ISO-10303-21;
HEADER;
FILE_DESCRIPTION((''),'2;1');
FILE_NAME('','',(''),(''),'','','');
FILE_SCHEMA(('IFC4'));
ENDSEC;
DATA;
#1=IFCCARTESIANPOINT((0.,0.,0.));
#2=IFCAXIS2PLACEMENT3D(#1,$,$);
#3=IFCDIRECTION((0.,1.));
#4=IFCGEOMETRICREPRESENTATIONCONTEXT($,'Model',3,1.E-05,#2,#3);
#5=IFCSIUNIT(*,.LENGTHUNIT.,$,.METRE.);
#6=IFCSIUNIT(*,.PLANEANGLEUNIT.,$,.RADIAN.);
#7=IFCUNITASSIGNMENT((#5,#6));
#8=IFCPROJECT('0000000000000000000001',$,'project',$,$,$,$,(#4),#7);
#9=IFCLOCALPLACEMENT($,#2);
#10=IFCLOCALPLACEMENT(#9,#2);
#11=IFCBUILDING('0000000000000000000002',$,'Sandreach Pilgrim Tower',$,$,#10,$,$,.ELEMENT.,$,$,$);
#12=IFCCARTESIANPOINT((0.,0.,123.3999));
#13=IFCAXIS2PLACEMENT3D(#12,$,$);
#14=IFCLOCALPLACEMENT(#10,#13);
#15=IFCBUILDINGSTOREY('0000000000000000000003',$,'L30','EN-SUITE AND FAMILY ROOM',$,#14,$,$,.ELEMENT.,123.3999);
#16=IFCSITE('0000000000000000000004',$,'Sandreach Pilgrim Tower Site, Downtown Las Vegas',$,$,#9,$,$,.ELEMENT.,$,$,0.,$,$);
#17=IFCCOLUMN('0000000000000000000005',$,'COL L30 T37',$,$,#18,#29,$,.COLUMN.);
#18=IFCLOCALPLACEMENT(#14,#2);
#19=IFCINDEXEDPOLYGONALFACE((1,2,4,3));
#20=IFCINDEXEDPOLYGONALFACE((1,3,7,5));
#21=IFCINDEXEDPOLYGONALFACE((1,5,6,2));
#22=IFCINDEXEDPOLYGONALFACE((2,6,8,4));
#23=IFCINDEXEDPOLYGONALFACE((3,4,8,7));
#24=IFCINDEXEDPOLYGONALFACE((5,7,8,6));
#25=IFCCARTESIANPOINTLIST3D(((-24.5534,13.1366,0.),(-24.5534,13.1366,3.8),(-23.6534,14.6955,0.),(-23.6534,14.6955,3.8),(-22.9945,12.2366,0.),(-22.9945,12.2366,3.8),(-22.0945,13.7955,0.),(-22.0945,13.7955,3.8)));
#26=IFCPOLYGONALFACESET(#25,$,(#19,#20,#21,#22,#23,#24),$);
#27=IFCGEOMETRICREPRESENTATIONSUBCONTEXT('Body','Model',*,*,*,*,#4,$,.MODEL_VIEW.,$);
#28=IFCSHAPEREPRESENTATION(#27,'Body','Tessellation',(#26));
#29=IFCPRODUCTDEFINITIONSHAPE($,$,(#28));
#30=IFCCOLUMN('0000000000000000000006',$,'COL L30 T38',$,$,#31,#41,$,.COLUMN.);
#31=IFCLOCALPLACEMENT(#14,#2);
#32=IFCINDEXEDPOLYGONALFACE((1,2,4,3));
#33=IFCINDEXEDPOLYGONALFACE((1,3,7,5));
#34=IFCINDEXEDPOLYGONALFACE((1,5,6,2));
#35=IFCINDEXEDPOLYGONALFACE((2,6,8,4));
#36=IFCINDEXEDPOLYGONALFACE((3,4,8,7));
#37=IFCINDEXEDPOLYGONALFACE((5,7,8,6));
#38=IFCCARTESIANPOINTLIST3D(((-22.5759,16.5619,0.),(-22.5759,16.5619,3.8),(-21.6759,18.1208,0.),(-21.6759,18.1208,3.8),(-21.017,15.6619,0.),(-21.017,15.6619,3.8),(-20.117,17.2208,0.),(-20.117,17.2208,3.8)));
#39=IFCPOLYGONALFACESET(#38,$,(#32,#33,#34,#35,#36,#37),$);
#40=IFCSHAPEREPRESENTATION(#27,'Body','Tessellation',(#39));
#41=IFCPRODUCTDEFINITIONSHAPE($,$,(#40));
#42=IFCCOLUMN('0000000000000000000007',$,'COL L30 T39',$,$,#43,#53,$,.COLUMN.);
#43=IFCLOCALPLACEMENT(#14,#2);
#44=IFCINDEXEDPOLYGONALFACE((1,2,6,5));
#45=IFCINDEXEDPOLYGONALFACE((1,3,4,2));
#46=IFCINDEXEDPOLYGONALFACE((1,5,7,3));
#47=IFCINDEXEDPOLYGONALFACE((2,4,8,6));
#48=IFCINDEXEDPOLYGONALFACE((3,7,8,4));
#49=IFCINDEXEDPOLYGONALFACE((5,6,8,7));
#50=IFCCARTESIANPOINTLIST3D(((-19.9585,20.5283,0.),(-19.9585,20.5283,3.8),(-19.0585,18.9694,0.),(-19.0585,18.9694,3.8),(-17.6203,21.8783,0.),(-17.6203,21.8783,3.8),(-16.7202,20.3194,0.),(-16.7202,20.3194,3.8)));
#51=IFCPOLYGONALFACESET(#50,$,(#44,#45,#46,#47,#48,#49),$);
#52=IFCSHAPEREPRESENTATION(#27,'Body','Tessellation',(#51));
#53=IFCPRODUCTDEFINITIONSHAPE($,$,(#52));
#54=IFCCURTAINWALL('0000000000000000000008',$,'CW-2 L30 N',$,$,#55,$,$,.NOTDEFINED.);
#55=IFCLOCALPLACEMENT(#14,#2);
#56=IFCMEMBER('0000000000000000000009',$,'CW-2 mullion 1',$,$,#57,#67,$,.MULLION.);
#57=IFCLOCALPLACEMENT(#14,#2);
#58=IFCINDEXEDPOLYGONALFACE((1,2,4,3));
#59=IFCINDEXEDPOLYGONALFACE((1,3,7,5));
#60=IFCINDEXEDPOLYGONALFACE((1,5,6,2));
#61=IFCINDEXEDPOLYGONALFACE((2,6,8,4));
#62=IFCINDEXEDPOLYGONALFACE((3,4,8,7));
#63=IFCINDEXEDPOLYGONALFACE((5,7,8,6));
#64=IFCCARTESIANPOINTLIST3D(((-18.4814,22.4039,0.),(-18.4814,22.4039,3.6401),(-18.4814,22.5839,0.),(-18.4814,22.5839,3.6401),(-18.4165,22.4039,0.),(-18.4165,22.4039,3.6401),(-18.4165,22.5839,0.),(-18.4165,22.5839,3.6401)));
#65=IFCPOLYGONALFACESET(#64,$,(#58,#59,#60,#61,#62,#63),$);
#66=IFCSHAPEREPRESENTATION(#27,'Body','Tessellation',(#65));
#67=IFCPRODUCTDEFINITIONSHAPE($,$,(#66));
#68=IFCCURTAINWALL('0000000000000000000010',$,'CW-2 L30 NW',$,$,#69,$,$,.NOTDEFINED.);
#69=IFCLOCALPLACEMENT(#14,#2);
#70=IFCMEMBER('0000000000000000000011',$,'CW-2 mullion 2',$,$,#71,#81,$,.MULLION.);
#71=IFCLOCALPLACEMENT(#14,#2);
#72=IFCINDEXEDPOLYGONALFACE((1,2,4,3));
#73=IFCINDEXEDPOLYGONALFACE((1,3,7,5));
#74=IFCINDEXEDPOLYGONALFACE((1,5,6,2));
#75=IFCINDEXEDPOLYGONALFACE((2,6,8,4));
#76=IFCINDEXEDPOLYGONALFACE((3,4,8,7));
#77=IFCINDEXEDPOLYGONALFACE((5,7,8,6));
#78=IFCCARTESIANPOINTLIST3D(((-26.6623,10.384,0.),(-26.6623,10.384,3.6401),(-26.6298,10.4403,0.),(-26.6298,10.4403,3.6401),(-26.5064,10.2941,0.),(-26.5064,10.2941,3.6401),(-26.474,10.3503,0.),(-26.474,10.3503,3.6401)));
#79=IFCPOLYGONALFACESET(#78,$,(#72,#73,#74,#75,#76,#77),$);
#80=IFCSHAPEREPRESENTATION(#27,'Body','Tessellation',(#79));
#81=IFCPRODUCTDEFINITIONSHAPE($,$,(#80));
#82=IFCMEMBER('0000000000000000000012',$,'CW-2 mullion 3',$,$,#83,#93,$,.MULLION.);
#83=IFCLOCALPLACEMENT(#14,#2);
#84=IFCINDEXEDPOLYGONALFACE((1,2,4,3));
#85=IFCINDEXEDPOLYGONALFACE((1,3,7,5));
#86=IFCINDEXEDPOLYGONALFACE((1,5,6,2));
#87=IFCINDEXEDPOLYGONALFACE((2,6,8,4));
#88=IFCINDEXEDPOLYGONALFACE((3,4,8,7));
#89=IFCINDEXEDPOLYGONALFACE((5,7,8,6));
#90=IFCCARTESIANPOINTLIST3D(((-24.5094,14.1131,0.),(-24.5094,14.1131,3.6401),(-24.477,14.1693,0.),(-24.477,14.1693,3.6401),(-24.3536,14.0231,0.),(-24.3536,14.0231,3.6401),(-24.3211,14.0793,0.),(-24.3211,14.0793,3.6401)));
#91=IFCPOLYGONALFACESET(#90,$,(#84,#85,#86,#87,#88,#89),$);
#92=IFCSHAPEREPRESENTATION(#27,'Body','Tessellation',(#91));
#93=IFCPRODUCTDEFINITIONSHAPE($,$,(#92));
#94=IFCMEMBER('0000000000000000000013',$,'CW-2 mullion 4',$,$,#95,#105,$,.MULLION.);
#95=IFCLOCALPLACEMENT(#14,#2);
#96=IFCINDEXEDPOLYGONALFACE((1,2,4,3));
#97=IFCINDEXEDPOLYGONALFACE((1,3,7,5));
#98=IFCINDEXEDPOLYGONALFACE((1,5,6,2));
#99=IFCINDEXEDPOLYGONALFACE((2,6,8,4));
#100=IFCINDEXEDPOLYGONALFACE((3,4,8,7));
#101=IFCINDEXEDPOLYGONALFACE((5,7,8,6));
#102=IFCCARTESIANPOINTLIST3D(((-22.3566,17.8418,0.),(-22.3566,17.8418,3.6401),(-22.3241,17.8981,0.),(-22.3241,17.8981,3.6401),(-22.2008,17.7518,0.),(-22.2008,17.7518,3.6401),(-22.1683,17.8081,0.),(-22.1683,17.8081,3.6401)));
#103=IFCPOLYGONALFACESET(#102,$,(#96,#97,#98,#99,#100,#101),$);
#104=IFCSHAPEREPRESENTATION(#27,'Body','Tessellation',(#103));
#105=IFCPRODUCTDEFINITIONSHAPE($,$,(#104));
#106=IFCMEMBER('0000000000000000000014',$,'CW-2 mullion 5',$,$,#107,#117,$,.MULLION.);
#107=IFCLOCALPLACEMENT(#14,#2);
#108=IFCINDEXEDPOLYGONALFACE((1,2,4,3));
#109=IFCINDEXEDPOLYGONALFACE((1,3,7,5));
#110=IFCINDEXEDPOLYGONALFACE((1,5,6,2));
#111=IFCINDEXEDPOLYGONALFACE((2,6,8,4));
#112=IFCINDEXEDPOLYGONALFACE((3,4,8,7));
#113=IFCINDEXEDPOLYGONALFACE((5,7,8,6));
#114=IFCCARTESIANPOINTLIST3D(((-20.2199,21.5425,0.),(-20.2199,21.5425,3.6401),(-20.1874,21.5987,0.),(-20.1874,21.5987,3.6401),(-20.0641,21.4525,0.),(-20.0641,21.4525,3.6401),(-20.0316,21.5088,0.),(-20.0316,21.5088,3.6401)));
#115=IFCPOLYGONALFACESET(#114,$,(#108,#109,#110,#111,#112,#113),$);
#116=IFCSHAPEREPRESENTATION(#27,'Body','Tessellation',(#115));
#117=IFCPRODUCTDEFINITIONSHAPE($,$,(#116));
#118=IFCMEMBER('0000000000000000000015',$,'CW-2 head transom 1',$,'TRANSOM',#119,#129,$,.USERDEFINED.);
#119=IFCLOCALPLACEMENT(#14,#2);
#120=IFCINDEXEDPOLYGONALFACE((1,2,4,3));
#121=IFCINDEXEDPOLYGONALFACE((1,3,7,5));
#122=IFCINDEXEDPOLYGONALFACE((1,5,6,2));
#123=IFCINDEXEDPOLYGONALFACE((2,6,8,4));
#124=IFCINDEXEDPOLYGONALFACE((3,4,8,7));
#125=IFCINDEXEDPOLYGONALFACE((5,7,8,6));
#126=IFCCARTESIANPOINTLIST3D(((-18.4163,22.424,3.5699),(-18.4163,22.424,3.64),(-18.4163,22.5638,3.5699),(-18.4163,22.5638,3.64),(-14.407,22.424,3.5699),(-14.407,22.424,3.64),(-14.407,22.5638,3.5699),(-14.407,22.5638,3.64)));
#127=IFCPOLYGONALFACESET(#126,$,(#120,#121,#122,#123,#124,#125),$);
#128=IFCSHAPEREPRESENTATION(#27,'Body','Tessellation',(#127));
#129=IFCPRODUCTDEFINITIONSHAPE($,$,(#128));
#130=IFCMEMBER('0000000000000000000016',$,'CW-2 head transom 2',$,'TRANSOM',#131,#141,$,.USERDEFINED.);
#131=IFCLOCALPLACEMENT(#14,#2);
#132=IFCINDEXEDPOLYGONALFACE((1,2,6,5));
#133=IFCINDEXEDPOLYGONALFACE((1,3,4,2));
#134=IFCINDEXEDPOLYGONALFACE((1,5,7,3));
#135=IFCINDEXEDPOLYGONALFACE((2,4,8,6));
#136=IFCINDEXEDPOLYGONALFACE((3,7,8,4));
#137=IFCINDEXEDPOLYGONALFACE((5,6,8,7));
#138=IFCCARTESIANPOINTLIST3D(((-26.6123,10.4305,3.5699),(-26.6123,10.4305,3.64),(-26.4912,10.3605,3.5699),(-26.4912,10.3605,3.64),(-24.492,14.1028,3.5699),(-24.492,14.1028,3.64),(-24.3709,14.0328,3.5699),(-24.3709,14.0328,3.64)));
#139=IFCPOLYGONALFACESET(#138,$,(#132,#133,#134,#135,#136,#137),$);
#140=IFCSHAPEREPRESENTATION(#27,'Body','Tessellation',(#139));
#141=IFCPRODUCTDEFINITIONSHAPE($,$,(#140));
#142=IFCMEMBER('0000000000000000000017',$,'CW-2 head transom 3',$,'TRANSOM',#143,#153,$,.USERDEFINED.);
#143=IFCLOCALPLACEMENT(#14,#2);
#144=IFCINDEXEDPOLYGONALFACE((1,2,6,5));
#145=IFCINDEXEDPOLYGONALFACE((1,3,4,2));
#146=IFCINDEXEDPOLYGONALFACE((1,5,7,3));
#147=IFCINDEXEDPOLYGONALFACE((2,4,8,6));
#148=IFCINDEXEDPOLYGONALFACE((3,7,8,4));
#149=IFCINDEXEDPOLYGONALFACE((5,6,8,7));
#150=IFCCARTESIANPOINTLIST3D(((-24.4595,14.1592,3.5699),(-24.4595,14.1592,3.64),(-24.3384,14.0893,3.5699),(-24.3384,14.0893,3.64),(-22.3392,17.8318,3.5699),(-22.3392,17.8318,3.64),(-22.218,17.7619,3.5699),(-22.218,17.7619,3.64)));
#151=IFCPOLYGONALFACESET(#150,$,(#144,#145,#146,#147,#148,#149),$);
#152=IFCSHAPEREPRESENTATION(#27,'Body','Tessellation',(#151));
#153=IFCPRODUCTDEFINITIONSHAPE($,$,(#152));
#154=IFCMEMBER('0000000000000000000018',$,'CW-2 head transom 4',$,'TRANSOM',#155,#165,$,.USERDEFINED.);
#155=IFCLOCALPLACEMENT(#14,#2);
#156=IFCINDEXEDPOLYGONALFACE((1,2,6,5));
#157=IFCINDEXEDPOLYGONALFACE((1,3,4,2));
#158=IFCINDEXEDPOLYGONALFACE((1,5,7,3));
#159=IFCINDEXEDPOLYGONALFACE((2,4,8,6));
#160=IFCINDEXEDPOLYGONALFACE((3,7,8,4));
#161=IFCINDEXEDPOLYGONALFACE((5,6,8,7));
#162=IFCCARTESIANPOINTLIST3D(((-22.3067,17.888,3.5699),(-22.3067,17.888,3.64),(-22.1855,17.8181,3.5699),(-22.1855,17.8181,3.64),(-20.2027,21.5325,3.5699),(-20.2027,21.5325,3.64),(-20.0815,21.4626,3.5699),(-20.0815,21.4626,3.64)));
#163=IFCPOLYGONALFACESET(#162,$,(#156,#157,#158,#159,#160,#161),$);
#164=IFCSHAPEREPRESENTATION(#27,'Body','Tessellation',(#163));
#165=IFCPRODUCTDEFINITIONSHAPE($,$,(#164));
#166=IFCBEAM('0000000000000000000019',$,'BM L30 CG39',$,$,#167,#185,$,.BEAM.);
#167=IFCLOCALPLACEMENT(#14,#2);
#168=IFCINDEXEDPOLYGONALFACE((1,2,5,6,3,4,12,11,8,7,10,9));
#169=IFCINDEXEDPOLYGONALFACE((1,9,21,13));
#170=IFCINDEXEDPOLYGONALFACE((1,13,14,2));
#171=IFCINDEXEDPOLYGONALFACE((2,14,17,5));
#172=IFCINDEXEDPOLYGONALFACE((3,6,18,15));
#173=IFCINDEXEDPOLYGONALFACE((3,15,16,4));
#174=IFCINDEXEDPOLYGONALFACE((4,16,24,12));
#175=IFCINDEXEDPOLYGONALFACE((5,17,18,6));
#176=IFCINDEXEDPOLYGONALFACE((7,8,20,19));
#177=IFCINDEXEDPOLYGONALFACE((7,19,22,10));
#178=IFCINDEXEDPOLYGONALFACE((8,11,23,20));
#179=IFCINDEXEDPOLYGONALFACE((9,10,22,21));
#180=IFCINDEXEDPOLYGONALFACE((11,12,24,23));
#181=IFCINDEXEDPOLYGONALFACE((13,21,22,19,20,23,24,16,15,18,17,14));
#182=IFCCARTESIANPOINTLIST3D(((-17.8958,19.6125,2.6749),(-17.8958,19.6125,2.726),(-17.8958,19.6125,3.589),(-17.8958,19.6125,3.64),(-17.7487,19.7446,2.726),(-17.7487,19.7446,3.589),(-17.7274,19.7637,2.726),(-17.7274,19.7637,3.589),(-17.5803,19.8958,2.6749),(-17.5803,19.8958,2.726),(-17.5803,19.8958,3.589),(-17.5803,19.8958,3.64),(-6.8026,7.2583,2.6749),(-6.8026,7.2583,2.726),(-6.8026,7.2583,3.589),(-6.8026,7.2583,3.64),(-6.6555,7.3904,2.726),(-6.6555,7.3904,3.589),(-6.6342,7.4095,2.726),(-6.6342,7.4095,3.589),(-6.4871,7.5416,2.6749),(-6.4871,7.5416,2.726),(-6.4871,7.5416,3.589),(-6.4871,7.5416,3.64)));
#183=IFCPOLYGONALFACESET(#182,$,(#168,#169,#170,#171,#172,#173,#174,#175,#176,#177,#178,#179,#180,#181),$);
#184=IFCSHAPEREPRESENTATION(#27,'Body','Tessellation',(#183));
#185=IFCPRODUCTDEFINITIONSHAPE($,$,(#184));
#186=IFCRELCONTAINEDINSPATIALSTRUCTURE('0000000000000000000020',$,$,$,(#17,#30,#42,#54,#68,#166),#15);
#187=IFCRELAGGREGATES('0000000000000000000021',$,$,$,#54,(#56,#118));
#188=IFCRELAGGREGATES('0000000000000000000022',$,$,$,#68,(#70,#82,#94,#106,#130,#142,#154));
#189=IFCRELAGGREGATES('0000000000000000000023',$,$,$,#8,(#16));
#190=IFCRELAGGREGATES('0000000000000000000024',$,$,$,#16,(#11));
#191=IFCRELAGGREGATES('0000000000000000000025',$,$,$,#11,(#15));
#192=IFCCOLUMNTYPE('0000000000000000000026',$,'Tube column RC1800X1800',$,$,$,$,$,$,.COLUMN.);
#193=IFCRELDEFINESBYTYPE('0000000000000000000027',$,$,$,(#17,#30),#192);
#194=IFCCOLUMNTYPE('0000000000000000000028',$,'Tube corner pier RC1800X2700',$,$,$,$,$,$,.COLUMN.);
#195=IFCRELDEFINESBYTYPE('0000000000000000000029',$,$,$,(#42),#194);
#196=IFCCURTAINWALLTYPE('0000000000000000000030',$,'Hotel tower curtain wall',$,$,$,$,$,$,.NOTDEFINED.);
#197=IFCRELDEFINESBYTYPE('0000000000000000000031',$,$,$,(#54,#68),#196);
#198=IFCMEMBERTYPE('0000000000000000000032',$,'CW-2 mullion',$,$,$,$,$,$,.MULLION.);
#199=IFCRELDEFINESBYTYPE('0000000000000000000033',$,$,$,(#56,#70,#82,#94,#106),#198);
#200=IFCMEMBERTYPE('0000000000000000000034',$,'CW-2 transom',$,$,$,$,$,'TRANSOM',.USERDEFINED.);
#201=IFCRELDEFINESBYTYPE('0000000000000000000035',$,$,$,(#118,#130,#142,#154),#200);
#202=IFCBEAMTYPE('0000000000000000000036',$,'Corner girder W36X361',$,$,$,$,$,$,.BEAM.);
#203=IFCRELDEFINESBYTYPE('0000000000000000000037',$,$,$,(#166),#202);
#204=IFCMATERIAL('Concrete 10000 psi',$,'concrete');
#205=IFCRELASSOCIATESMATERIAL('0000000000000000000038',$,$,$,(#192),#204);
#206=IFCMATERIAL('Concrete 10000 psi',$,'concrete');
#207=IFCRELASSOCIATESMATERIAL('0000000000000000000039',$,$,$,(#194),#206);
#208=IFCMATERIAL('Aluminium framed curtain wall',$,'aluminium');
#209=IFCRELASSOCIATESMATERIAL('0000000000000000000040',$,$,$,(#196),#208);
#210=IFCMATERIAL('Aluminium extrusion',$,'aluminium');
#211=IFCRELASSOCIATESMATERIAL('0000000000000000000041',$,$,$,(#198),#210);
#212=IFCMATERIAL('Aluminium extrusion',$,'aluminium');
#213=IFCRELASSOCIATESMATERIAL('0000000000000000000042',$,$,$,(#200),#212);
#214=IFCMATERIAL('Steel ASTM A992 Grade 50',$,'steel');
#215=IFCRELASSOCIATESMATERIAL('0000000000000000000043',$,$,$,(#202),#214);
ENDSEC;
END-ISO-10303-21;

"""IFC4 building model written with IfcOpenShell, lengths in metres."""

from ifc_helpers import new_model, si_unit, direction, frame, origin, origin_2d, place, context, subcontext, project, spatial, rectangle, i_section, extrude, material, material_profile, profile_set, type_object, element, aggregate, save


model = new_model("IFC4")

# Units and contexts
model_context = context("Model", 3, precision=1e-05, world=origin(), true_north=direction((0.0, 1.0)))
body_context = subcontext(model_context, "Body", "Model", "MODEL_VIEW")
ifc_project = project(units=[si_unit("LENGTHUNIT", "METRE"), si_unit("PLANEANGLEUNIT", "RADIAN")], contexts=[model_context])

# Site, building, storey
site_placement = place(None, origin())
site = spatial("IfcSite", under=ifc_project, at=site_placement, Name="Sandreach Pilgrim Tower Site, Downtown Las Vegas", CompositionType="ELEMENT", RefElevation=0.0)
building_placement = place(site_placement, origin())
building = spatial("IfcBuilding", under=site, at=building_placement, Name="Sandreach Pilgrim Tower", CompositionType="ELEMENT")
storey_placement = place(building_placement, frame((0.0, 0.0, 123.3999)))
storey = spatial("IfcBuildingStorey", under=building, at=storey_placement, Name="L30", Description="EN-SUITE AND FAMILY ROOM", CompositionType="ELEMENT", Elevation=123.3999)

# Columns
ifc_material_1 = material(Name="Concrete 10000 psi", Category="concrete")
ifc_material_profile_1 = material_profile(ifc_material_1, rectangle(XDim=1.8, YDim=1.8, at=origin_2d()), Name="RC1800X1800")
ifc_profile_set_1 = profile_set([ifc_material_profile_1], Name="Concrete 10000 psi")
column_type_1 = type_object("IfcColumnType", Name="Tube column RC1800X1800", PredefinedType="COLUMN", material=ifc_profile_set_1)
for number, where, z_axis, x_axis, name in (
    (1, (-23.324, 13.4661, 0.0), (0.0, 0.0, 1.0), (-0.866025, 0.5, 0.0), "COL L30 T37"),
    (2, (-21.3464, 16.8914, 0.0), (0.0, 0.0, 1.0), (-0.866025, 0.5, 0.0), "COL L30 T38"),
):
    element("IfcColumn", number, at=place(storey_placement, frame(where, z_axis=z_axis, x_axis=x_axis)), inside=storey, type_object=column_type_1, Name=name, PredefinedType="COLUMN", context=body_context, shape_type="SweptSolid", body=[
        extrude(rectangle(XDim=1.8, YDim=1.8, at=origin_2d()), origin(), (0.0, 0.0, 1.0), 3.8),
    ])
ifc_material_2 = material(Name="Concrete 10000 psi", Category="concrete")
ifc_material_profile_2 = material_profile(ifc_material_2, rectangle(XDim=1.8, YDim=2.7, at=origin_2d()), Name="RC1800X2700")
ifc_profile_set_2 = profile_set([ifc_material_profile_2], Name="Concrete 10000 psi")
column_type_2 = type_object("IfcColumnType", Name="Tube corner pier RC1800X2700", PredefinedType="COLUMN", material=ifc_profile_set_2)
column_placement = place(storey_placement, frame((-18.3394, 20.4238, 0.0), z_axis=(0.0, 0.0, 1.0), x_axis=(-0.5, 0.866025, 0.0)))
element("IfcColumn", 3, at=column_placement, inside=storey, type_object=column_type_2, Name="COL L30 T39", PredefinedType="COLUMN", context=body_context, shape_type="SweptSolid", body=[
    extrude(rectangle(XDim=1.8, YDim=2.7, at=origin_2d()), origin(), (0.0, 0.0, 1.0), 3.8),
])

# Curtain wall, member
ifc_material_3 = material(Name="Aluminium framed curtain wall", Category="aluminium")
curtain_wall_type = type_object("IfcCurtainWallType", Name="Hotel tower curtain wall", PredefinedType="NOTDEFINED", material=ifc_material_3)
curtain_wall_1_placement = place(storey_placement, origin())
curtain_wall_1 = element("IfcCurtainWall", 4, at=curtain_wall_1_placement, inside=storey, type_object=curtain_wall_type, Name="CW-2 L30 N", PredefinedType="NOTDEFINED")
ifc_material_4 = material(Name="Aluminium extrusion", Category="aluminium")
ifc_material_profile_3 = material_profile(ifc_material_4, rectangle(XDim=0.0649, YDim=0.1799, at=origin_2d()), Name="CW-2M 65X180")
ifc_profile_set_3 = profile_set([ifc_material_profile_3], Name="Aluminium extrusion")
member_type_1 = type_object("IfcMemberType", Name="CW-2 mullion", PredefinedType="MULLION", material=ifc_profile_set_3)
member_1_placement = place(storey_placement, frame((-18.449, 22.4939, 0.0), z_axis=(0.0, 0.0, 1.0), x_axis=(1.0, 0.0, 0.0)))
member_1 = element("IfcMember", 5, at=member_1_placement, type_object=member_type_1, Name="CW-2 mullion 1", PredefinedType="MULLION", context=body_context, shape_type="SweptSolid", body=[
    extrude(rectangle(XDim=0.0649, YDim=0.1799, at=origin_2d()), origin(), (0.0, 0.0, 1.0), 3.6401),
])

# Curtain wall, members
curtain_wall_2_placement = place(storey_placement, origin())
curtain_wall_2 = element("IfcCurtainWall", 6, at=curtain_wall_2_placement, inside=storey, type_object=curtain_wall_type, Name="CW-2 L30 NW", PredefinedType="NOTDEFINED")
member_2_placement = place(storey_placement, frame((-26.5681, 10.3672, 0.0), z_axis=(0.0, 0.0, 1.0), x_axis=(0.5, 0.866025, 0.0)))
member_2 = element("IfcMember", 7, at=member_2_placement, type_object=member_type_1, Name="CW-2 mullion 2", PredefinedType="MULLION", context=body_context, shape_type="SweptSolid", body=[
    extrude(rectangle(XDim=0.0649, YDim=0.1799, at=origin_2d()), origin(), (0.0, 0.0, 1.0), 3.6401),
])
member_3_placement = place(storey_placement, frame((-24.4153, 14.0962, 0.0), z_axis=(0.0, 0.0, 1.0), x_axis=(0.5, 0.866025, 0.0)))
member_3 = element("IfcMember", 8, at=member_3_placement, type_object=member_type_1, Name="CW-2 mullion 3", PredefinedType="MULLION", context=body_context, shape_type="SweptSolid", body=[
    extrude(rectangle(XDim=0.0649, YDim=0.1799, at=origin_2d()), origin(), (0.0, 0.0, 1.0), 3.6401),
])
member_4_placement = place(storey_placement, frame((-22.2625, 17.825, 0.0), z_axis=(0.0, 0.0, 1.0), x_axis=(0.5, 0.866025, 0.0)))
member_4 = element("IfcMember", 9, at=member_4_placement, type_object=member_type_1, Name="CW-2 mullion 4", PredefinedType="MULLION", context=body_context, shape_type="SweptSolid", body=[
    extrude(rectangle(XDim=0.0649, YDim=0.1799, at=origin_2d()), origin(), (0.0, 0.0, 1.0), 3.6401),
])
member_5_placement = place(storey_placement, frame((-20.1257, 21.5256, 0.0), z_axis=(0.0, 0.0, 1.0), x_axis=(0.5, 0.866025, 0.0)))
member_5 = element("IfcMember", 10, at=member_5_placement, type_object=member_type_1, Name="CW-2 mullion 5", PredefinedType="MULLION", context=body_context, shape_type="SweptSolid", body=[
    extrude(rectangle(XDim=0.0649, YDim=0.1799, at=origin_2d()), origin(), (0.0, 0.0, 1.0), 3.6401),
])

# Members
ifc_material_5 = material(Name="Aluminium extrusion", Category="aluminium")
ifc_material_profile_4 = material_profile(ifc_material_5, rectangle(XDim=0.1399, YDim=0.0701, at=origin_2d()), Name="CW-2T 140X70")
ifc_profile_set_4 = profile_set([ifc_material_profile_4], Name="Aluminium extrusion")
member_type_2 = type_object("IfcMemberType", Name="CW-2 transom", ElementType="TRANSOM", PredefinedType="USERDEFINED", material=ifc_profile_set_4)
member_6_placement = place(storey_placement, frame((-18.4163, 22.4939, 3.605), z_axis=(1.0, 0.0, 0.0), x_axis=(0.0, 1.0, 0.0)))
member_6 = element("IfcMember", 11, at=member_6_placement, type_object=member_type_2, Name="CW-2 head transom 1", ObjectType="TRANSOM", PredefinedType="USERDEFINED", context=body_context, shape_type="SweptSolid", body=[
    extrude(rectangle(XDim=0.1399, YDim=0.0701, at=origin_2d()), origin(), (0.0, 0.0, 1.0), 4.0093),
])
member_7_placement = place(storey_placement, frame((-26.5518, 10.3955, 3.605), z_axis=(0.500021, 0.866013, 0.0), x_axis=(-0.866013, 0.500021, 0.0)))
member_7 = element("IfcMember", 12, at=member_7_placement, type_object=member_type_2, Name="CW-2 head transom 2", ObjectType="TRANSOM", PredefinedType="USERDEFINED", context=body_context, shape_type="SweptSolid", body=[
    extrude(rectangle(XDim=0.1399, YDim=0.0701, at=origin_2d()), origin(), (0.0, 0.0, 1.0), 4.2405),
])
member_8_placement = place(storey_placement, frame((-24.3989, 14.1243, 3.605), z_axis=(0.499997, 0.866027, 0.0), x_axis=(-0.866027, 0.499997, 0.0)))
member_8 = element("IfcMember", 13, at=member_8_placement, type_object=member_type_2, Name="CW-2 head transom 3", ObjectType="TRANSOM", PredefinedType="USERDEFINED", context=body_context, shape_type="SweptSolid", body=[
    extrude(rectangle(XDim=0.1399, YDim=0.0701, at=origin_2d()), origin(), (0.0, 0.0, 1.0), 4.2407),
])
member_9_placement = place(storey_placement, frame((-22.2461, 17.853, 3.605), z_axis=(0.49997, 0.866043, 0.0), x_axis=(-0.866043, 0.49997, 0.0)))
member_9 = element("IfcMember", 14, at=member_9_placement, type_object=member_type_2, Name="CW-2 head transom 4", ObjectType="TRANSOM", PredefinedType="USERDEFINED", context=body_context, shape_type="SweptSolid", body=[
    extrude(rectangle(XDim=0.1399, YDim=0.0701, at=origin_2d()), origin(), (0.0, 0.0, 1.0), 4.2083),
])

# Beam
ifc_material_6 = material(Name="Steel ASTM A992 Grade 50", Category="steel")
ifc_material_profile_5 = material_profile(ifc_material_6, i_section(OverallWidth=0.4241, OverallDepth=0.9651, WebThickness=0.0286, FlangeThickness=0.051, at=origin_2d()), Name="W36X361")
ifc_profile_set_5 = profile_set([ifc_material_profile_5], Name="Steel ASTM A992 Grade 50")
beam_type_1 = type_object("IfcBeamType", Name="Corner girder W36X361", PredefinedType="BEAM", material=ifc_profile_set_5)
beam_1_placement = place(storey_placement, frame((-17.738, 19.7542, 3.1575), z_axis=(0.668114, -0.744059, 0.0), x_axis=(0.744059, 0.668114, 0.0)))
element("IfcBeam", 15, at=beam_1_placement, inside=storey, type_object=beam_type_1, Name="BM L30 CG39", PredefinedType="BEAM", context=body_context, shape_type="SweptSolid", body=[
    extrude(i_section(OverallWidth=0.4241, OverallDepth=0.9651, WebThickness=0.0286, FlangeThickness=0.051, at=origin_2d()), origin(), (0.0, 0.0, 1.0), 16.6038),
])

aggregate(curtain_wall_1, [member_1, member_6])
aggregate(curtain_wall_2, [member_2, member_3, member_4, member_5, member_7, member_8, member_9])

save(model, "model.ifc")
